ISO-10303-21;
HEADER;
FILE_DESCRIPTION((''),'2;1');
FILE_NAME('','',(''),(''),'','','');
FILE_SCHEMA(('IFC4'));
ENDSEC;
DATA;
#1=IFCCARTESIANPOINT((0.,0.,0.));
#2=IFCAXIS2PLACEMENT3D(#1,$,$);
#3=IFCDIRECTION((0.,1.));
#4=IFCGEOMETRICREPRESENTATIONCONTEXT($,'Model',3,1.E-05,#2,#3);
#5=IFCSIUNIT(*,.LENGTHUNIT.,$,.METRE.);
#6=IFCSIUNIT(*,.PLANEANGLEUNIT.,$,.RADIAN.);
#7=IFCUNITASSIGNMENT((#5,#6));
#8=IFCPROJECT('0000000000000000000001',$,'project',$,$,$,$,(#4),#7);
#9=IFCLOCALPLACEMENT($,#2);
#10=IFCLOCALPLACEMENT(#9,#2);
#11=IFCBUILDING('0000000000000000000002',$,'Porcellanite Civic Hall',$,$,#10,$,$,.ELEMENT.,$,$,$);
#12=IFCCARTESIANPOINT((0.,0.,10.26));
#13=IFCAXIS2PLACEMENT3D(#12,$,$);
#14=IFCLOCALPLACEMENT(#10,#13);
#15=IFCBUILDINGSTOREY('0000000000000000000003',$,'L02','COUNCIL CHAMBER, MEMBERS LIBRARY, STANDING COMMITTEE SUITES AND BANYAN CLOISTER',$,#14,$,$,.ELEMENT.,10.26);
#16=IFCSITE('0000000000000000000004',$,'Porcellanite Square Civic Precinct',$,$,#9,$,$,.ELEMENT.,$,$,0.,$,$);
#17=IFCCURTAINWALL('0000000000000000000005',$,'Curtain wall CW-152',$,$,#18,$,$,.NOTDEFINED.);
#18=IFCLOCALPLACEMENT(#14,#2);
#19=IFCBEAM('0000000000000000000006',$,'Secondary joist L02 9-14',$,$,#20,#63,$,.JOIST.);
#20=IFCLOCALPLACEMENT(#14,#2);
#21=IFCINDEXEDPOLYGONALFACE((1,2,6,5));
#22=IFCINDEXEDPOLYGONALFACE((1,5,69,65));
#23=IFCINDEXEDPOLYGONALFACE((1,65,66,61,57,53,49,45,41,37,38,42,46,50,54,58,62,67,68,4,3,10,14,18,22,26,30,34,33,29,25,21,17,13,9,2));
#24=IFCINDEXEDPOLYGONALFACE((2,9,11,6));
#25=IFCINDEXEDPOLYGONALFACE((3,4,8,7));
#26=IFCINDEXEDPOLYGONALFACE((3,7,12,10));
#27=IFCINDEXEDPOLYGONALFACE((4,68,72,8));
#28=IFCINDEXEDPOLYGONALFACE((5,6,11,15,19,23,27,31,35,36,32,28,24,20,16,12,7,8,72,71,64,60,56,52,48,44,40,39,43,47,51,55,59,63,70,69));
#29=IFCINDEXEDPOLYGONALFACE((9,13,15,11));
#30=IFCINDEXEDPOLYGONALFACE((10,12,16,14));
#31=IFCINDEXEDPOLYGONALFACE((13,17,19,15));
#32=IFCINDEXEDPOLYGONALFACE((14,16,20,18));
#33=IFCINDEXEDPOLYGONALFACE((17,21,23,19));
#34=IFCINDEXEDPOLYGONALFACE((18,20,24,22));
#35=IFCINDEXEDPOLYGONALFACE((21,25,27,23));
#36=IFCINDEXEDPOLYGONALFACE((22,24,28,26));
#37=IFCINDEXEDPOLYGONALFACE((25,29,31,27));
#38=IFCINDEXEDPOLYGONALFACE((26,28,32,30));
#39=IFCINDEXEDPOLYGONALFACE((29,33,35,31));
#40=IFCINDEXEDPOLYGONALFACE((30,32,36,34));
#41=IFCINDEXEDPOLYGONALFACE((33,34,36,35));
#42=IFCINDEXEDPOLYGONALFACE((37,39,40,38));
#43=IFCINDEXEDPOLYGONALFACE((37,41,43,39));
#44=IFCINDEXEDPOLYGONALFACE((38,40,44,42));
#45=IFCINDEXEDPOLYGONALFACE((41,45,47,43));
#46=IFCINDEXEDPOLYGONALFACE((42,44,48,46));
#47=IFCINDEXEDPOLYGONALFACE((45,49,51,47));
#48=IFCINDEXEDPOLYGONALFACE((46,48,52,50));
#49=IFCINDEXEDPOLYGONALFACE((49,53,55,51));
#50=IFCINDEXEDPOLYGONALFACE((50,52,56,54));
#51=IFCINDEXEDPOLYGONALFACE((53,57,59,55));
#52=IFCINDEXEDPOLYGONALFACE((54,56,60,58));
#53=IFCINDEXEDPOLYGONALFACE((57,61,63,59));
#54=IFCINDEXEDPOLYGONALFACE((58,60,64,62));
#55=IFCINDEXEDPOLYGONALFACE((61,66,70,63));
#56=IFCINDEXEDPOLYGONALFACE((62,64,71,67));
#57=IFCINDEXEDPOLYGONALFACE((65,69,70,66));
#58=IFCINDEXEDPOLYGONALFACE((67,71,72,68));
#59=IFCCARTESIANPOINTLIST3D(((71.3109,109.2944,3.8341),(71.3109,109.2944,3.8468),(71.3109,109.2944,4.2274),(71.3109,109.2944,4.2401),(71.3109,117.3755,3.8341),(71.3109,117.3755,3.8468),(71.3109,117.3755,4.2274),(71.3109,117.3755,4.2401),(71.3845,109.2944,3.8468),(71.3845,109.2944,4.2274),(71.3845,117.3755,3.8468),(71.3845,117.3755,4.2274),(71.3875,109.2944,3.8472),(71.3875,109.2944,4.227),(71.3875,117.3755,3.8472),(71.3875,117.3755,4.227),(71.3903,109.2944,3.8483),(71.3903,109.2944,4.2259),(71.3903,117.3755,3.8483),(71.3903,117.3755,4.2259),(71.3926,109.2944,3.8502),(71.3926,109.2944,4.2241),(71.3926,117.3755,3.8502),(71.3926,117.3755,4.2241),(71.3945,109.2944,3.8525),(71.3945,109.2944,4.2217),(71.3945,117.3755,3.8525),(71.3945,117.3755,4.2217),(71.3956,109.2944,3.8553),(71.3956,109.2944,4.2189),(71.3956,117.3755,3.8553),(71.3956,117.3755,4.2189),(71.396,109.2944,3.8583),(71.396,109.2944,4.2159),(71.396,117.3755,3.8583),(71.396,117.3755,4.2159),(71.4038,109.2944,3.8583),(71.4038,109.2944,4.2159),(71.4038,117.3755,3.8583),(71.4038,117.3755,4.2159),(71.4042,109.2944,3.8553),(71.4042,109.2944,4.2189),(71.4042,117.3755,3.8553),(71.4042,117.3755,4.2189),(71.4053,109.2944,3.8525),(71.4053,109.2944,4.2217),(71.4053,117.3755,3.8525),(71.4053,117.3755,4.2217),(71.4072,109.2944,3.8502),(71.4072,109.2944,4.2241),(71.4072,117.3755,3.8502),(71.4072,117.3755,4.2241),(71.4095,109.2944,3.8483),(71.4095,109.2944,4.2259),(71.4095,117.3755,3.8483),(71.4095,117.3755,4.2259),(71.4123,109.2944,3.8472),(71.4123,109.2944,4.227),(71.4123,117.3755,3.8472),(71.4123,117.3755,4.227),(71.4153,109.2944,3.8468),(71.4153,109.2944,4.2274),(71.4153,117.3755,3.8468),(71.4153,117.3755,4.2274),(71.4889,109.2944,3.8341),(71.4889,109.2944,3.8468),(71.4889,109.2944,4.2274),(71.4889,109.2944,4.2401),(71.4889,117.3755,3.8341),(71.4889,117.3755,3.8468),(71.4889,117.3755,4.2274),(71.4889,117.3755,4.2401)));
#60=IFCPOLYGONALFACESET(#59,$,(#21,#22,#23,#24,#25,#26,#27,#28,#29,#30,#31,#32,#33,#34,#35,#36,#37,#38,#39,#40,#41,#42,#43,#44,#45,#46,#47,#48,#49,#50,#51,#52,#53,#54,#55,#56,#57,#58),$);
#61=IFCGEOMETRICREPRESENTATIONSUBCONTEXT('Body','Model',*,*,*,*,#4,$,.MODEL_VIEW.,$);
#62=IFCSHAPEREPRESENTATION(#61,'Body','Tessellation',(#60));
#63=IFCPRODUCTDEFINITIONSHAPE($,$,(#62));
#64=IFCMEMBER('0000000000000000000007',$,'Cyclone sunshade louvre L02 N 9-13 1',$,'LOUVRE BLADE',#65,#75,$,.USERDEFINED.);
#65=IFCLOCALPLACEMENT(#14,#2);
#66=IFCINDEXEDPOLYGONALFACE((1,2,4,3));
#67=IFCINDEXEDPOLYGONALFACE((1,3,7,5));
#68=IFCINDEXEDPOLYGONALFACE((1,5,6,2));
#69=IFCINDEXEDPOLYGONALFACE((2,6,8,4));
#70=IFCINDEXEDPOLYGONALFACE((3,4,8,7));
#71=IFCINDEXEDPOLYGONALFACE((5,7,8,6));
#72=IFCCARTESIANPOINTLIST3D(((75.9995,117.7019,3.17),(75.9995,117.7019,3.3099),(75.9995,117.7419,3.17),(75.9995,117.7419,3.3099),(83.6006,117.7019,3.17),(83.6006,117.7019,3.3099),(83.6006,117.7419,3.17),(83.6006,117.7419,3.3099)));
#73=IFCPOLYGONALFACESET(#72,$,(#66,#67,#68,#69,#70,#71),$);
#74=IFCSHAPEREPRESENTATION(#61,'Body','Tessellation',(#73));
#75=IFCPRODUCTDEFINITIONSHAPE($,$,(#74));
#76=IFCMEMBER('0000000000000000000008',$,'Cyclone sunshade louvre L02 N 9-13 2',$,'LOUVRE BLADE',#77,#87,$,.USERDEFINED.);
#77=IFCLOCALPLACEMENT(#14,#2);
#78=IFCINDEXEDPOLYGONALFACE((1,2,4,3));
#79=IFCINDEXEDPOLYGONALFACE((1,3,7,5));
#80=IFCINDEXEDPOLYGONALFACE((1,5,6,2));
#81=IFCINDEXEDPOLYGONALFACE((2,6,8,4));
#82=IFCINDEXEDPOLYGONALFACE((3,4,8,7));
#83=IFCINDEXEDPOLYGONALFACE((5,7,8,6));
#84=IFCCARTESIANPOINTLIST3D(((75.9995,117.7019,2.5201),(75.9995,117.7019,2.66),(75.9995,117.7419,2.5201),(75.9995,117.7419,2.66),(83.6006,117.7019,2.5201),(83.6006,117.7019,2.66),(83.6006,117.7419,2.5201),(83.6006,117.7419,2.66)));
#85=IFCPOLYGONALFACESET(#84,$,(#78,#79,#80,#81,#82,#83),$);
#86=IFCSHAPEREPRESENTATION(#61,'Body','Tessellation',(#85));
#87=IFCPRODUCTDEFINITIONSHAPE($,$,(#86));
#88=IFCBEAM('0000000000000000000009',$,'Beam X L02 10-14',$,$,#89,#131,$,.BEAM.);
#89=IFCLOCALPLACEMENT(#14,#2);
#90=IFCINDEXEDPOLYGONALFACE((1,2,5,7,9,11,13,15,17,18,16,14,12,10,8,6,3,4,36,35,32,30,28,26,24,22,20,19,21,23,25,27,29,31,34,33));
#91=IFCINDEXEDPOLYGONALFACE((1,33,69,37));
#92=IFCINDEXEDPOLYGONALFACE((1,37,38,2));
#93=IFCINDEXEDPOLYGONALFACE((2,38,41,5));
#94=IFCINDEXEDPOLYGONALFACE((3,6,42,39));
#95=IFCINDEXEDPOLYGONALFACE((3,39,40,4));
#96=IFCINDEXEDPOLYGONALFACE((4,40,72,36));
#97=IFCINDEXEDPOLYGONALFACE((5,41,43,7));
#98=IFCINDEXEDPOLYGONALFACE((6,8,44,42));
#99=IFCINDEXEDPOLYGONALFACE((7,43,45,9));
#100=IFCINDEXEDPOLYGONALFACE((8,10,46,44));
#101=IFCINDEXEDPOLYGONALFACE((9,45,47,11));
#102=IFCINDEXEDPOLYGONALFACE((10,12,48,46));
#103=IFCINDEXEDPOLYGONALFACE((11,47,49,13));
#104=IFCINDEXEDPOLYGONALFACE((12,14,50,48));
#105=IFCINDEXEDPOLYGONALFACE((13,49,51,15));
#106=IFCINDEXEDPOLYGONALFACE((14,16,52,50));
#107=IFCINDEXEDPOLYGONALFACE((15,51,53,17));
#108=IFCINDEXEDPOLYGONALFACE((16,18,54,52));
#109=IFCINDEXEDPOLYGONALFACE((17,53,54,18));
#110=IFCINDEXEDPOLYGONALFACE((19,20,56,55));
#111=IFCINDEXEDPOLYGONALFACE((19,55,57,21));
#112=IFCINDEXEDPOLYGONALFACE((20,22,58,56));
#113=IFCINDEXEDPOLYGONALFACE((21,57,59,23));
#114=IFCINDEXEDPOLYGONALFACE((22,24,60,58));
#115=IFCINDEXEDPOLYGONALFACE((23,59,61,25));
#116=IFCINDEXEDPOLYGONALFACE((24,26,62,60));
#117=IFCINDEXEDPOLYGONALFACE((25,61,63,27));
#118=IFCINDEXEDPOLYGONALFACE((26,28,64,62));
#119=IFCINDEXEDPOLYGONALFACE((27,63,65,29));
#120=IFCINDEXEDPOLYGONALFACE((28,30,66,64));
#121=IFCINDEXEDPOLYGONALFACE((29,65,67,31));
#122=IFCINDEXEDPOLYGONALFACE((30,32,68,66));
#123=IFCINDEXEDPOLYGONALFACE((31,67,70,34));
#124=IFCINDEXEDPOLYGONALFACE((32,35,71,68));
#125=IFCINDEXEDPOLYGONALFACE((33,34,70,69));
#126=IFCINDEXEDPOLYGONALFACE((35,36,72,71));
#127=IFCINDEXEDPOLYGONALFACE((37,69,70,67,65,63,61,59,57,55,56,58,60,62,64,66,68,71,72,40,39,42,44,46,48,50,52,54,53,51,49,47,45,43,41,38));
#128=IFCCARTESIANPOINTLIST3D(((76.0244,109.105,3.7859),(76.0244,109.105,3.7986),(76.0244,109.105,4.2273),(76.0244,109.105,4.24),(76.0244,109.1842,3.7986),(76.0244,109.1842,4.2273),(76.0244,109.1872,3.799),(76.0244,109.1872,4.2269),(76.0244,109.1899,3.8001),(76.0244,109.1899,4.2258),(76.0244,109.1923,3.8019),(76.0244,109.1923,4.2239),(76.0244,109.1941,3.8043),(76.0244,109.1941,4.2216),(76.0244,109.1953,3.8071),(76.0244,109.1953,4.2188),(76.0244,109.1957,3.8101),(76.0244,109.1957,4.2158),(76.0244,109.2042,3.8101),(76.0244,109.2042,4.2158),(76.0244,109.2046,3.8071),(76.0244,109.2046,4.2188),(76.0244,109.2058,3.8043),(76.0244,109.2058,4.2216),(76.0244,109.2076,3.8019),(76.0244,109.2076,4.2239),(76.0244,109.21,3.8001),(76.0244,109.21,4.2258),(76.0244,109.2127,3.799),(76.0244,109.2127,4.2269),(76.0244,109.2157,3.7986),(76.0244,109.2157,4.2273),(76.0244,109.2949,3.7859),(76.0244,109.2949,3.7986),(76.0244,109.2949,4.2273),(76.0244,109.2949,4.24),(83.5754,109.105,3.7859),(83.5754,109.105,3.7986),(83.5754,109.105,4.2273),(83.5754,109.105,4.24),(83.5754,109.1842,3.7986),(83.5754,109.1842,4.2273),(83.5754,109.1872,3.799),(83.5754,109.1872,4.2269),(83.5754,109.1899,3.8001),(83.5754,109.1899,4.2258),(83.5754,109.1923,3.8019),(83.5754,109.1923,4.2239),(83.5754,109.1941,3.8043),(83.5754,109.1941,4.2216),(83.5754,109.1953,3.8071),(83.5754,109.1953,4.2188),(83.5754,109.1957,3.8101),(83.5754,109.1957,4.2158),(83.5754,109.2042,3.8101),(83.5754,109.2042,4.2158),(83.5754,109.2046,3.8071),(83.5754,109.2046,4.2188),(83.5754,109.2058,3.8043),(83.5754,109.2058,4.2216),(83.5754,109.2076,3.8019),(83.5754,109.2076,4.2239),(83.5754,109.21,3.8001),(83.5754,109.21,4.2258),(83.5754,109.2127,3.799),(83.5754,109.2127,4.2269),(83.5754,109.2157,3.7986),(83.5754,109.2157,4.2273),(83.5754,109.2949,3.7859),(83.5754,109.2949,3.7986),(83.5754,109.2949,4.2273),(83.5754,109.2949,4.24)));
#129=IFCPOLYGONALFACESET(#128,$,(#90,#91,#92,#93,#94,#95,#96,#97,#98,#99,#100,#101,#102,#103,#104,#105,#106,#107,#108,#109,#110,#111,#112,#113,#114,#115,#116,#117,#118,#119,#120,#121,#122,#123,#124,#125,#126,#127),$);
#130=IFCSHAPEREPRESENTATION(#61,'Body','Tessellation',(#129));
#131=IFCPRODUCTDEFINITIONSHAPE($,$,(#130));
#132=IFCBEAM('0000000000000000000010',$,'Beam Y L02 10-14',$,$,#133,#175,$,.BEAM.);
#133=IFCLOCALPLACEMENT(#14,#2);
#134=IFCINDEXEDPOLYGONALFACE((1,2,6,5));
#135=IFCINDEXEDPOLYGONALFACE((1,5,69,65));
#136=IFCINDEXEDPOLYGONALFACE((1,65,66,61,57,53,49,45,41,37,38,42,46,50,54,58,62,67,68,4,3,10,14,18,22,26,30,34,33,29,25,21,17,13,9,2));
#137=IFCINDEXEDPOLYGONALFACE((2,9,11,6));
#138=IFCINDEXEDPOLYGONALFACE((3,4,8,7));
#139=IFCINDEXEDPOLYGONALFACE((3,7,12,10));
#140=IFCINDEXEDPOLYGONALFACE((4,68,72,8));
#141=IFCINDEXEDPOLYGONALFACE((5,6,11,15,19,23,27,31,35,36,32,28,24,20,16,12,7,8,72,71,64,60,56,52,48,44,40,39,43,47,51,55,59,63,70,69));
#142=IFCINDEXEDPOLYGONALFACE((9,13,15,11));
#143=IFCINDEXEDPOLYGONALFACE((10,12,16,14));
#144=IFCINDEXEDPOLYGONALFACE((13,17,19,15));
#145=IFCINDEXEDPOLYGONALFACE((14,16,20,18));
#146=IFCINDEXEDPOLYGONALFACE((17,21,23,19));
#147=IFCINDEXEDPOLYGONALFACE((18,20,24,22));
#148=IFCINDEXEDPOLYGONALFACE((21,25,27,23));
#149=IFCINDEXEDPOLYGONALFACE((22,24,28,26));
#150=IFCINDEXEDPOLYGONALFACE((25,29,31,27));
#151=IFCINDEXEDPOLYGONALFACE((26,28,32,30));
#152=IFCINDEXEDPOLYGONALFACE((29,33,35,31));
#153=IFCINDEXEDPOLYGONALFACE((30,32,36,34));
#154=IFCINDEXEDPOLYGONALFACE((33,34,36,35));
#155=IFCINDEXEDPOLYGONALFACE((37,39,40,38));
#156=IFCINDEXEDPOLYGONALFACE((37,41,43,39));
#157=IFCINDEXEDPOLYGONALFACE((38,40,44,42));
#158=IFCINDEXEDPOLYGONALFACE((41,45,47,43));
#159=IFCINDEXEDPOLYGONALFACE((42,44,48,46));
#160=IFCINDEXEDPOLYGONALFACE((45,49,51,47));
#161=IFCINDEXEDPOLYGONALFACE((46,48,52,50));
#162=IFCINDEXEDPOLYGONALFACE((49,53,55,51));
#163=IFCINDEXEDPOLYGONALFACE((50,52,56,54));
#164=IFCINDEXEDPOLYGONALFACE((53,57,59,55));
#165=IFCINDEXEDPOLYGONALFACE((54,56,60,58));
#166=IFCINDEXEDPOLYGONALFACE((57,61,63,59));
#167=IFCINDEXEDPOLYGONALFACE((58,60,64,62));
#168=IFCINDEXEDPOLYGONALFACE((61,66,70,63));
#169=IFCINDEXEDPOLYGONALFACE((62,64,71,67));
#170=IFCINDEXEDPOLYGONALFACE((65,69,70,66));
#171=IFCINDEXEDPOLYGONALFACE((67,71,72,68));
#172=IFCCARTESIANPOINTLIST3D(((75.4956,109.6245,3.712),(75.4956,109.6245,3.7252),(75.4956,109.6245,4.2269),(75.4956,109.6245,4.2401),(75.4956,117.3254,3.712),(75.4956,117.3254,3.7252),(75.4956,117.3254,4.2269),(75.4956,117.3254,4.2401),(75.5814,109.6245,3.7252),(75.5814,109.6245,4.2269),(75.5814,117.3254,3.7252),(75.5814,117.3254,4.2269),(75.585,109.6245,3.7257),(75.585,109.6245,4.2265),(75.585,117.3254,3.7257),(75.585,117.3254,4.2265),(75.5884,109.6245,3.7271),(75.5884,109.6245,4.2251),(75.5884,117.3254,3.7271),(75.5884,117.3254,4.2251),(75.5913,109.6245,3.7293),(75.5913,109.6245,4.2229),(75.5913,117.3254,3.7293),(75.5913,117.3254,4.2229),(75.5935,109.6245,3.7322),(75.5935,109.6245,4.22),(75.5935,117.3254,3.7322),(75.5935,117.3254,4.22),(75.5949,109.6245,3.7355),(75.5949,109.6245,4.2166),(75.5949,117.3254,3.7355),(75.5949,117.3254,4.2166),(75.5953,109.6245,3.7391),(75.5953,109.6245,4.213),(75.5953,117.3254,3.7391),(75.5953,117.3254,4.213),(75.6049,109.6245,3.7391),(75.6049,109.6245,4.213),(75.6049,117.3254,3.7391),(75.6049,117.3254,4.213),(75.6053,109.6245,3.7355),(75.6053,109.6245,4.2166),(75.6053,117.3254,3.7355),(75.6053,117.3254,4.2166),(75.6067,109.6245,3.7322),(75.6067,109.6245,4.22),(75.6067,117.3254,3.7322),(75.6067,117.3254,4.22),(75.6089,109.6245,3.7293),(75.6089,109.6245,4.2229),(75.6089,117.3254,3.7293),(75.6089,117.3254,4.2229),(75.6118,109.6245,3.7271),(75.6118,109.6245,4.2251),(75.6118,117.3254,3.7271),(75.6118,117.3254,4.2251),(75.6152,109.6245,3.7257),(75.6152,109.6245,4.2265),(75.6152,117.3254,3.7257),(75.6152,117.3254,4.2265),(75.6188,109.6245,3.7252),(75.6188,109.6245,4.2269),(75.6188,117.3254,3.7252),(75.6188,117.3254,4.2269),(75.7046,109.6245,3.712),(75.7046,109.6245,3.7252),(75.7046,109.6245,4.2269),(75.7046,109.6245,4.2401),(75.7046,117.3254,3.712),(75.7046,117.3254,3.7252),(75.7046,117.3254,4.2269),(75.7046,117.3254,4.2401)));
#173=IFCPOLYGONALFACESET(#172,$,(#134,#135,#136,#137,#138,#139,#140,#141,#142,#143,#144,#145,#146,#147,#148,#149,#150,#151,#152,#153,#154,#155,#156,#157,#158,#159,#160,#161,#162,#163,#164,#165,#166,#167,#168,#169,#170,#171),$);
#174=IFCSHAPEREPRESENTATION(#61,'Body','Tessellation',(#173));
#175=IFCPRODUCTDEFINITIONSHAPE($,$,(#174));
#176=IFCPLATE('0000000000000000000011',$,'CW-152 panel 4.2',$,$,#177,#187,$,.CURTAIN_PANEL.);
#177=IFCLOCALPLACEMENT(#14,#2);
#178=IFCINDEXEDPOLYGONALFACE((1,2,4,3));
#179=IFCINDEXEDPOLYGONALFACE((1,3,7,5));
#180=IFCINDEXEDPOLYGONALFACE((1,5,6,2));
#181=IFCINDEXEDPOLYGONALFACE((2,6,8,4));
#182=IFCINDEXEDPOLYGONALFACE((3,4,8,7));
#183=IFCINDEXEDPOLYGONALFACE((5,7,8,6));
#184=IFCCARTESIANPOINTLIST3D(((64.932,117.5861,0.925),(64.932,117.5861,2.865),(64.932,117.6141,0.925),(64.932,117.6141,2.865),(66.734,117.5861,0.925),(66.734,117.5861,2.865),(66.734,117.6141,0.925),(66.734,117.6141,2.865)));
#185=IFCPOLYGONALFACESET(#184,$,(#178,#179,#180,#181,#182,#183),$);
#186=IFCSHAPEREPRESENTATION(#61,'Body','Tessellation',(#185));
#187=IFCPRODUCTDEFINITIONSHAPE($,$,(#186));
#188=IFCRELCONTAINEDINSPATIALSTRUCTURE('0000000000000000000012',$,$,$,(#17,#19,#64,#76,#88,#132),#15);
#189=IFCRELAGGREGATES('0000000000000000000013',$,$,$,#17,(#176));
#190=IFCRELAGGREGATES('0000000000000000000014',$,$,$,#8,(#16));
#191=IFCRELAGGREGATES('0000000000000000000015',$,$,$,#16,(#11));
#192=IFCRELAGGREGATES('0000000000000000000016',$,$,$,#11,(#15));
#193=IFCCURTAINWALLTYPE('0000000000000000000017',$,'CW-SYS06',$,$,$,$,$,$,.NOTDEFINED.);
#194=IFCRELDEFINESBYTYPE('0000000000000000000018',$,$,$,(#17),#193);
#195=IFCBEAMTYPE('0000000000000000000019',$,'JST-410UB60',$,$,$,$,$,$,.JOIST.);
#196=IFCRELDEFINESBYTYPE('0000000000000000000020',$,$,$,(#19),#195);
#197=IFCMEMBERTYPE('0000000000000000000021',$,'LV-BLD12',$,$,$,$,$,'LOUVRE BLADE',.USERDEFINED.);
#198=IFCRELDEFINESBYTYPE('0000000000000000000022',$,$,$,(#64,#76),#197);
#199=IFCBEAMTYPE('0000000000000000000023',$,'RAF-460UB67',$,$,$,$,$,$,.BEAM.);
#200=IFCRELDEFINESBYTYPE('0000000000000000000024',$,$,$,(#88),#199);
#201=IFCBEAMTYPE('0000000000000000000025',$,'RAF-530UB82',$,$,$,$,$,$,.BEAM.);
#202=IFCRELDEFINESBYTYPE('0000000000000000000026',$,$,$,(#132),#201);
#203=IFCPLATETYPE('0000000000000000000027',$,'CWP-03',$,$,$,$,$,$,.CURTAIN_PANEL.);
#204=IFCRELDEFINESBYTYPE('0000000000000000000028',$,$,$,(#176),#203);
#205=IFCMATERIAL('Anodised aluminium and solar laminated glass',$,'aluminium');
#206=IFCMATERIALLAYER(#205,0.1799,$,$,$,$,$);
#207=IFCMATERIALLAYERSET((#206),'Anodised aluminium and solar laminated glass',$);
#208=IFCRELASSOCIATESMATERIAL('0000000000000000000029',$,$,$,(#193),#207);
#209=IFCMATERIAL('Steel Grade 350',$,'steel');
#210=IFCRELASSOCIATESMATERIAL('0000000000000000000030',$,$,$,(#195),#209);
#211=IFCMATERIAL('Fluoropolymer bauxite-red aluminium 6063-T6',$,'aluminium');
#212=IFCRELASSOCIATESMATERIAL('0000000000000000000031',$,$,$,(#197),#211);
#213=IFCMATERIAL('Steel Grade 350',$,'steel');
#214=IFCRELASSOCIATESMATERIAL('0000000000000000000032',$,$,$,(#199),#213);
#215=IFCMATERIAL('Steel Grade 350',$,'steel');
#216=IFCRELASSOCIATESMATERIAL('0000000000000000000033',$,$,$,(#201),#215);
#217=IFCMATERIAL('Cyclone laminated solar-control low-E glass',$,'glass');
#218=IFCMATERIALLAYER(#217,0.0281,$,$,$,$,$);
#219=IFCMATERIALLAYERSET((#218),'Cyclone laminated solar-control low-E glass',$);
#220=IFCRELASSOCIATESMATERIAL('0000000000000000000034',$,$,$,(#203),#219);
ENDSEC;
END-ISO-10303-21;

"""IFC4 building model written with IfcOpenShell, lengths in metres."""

from ifc_helpers import new_model, si_unit, direction, frame, origin, origin_2d, place, context, subcontext, project, spatial, rectangle, i_section, extrude, material, layer, layer_set, material_profile, profile_set, type_object, element, aggregate, save


model = new_model("IFC4")

# Units and contexts
model_context = context("Model", 3, precision=1e-05, world=origin(), true_north=direction((0.0, 1.0)))
body_context = subcontext(model_context, "Body", "Model", "MODEL_VIEW")
ifc_project = project(units=[si_unit("LENGTHUNIT", "METRE"), si_unit("PLANEANGLEUNIT", "RADIAN")], contexts=[model_context])

# Site, building, storey
site_placement = place(None, origin())
site = spatial("IfcSite", under=ifc_project, at=site_placement, Name="Porcellanite Square Civic Precinct", CompositionType="ELEMENT", RefElevation=0.0)
building_placement = place(site_placement, origin())
building = spatial("IfcBuilding", under=site, at=building_placement, Name="Porcellanite Civic Hall", CompositionType="ELEMENT")
storey_placement = place(building_placement, frame((0.0, 0.0, 10.26)))
storey = spatial("IfcBuildingStorey", under=building, at=storey_placement, Name="L02", Description="COUNCIL CHAMBER, MEMBERS LIBRARY, STANDING COMMITTEE SUITES AND BANYAN CLOISTER", CompositionType="ELEMENT", Elevation=10.26)

# Curtain wall
ifc_material_1 = material(Name="Anodised aluminium and solar laminated glass", Category="aluminium")
ifc_layer_1 = layer(ifc_material_1, 0.1799)
ifc_layer_set_1 = layer_set([ifc_layer_1], Name="Anodised aluminium and solar laminated glass")
curtain_wall_type_1 = type_object("IfcCurtainWallType", Name="CW-SYS06", PredefinedType="NOTDEFINED", material=ifc_layer_set_1)
curtain_wall_1_placement = place(storey_placement, origin())
curtain_wall_1 = element("IfcCurtainWall", 1, at=curtain_wall_1_placement, inside=storey, type_object=curtain_wall_type_1, Name="Curtain wall CW-152", PredefinedType="NOTDEFINED")

# Beam
ifc_material_2 = material(Name="Steel Grade 350", Category="steel")
ifc_material_profile_1 = material_profile(ifc_material_2, i_section(OverallWidth=0.178, OverallDepth=0.406, WebThickness=0.0078, FlangeThickness=0.0127, FilletRadius=0.0115, at=origin_2d()), Name="410UB59.7")
ifc_profile_set_1 = profile_set([ifc_material_profile_1], Name="Steel Grade 350")
beam_type_1 = type_object("IfcBeamType", Name="JST-410UB60", PredefinedType="JOIST", material=ifc_profile_set_1)
beam_1_placement = place(storey_placement, frame((71.3999, 109.2944, 4.0371), z_axis=(0.0, 1.0, 0.0), x_axis=(-1.0, 0.0, 0.0)))
element("IfcBeam", 2, at=beam_1_placement, inside=storey, type_object=beam_type_1, Name="Secondary joist L02 9-14", PredefinedType="JOIST", context=body_context, shape_type="SweptSolid", body=[
    extrude(i_section(OverallWidth=0.178, OverallDepth=0.406, WebThickness=0.0078, FlangeThickness=0.0127, FilletRadius=0.0115, at=origin_2d()), origin(), (0.0, 0.0, 1.0), 8.0811),
])

# Members
ifc_material_3 = material(Name="Fluoropolymer bauxite-red aluminium 6063-T6", Category="aluminium")
ifc_material_profile_2 = material_profile(ifc_material_3, rectangle(XDim=0.04, YDim=0.1399, at=origin_2d()), Name="AL-40x140")
ifc_profile_set_2 = profile_set([ifc_material_profile_2], Name="Fluoropolymer bauxite-red aluminium 6063-T6")
member_type_1 = type_object("IfcMemberType", Name="LV-BLD12", ElementType="LOUVRE BLADE", PredefinedType="USERDEFINED", material=ifc_profile_set_2)
for number, where, z_axis, x_axis, name in (
    (3, (75.9995, 117.7219, 3.24), (1.0, 0.0, 0.0), (0.0, 1.0, 0.0), "Cyclone sunshade louvre L02 N 9-13 1"),
    (4, (75.9995, 117.7219, 2.5901), (1.0, 0.0, 0.0), (0.0, 1.0, 0.0), "Cyclone sunshade louvre L02 N 9-13 2"),
):
    element("IfcMember", number, at=place(storey_placement, frame(where, z_axis=z_axis, x_axis=x_axis)), inside=storey, type_object=member_type_1, Name=name, ObjectType="LOUVRE BLADE", PredefinedType="USERDEFINED", context=body_context, shape_type="SweptSolid", body=[
        extrude(rectangle(XDim=0.04, YDim=0.1399, at=origin_2d()), origin(), (0.0, 0.0, 1.0), 7.6011),
    ])

# Beams
ifc_material_4 = material(Name="Steel Grade 350", Category="steel")
ifc_material_profile_3 = material_profile(ifc_material_4, i_section(OverallWidth=0.1899, OverallDepth=0.4541, WebThickness=0.0085, FlangeThickness=0.0127, FilletRadius=0.0115, at=origin_2d()), Name="460UB67.1")
ifc_profile_set_3 = profile_set([ifc_material_profile_3], Name="Steel Grade 350")
beam_type_2 = type_object("IfcBeamType", Name="RAF-460UB67", PredefinedType="BEAM", material=ifc_profile_set_3)
beam_2_placement = place(storey_placement, frame((76.0244, 109.2, 4.0129), z_axis=(1.0, 0.0, 0.0), x_axis=(0.0, 1.0, 0.0)))
element("IfcBeam", 5, at=beam_2_placement, inside=storey, type_object=beam_type_2, Name="Beam X L02 10-14", PredefinedType="BEAM", context=body_context, shape_type="SweptSolid", body=[
    extrude(i_section(OverallWidth=0.1899, OverallDepth=0.4541, WebThickness=0.0085, FlangeThickness=0.0127, FilletRadius=0.0115, at=origin_2d()), origin(), (0.0, 0.0, 1.0), 7.551),
])
ifc_material_5 = material(Name="Steel Grade 350", Category="steel")
ifc_material_profile_4 = material_profile(ifc_material_5, i_section(OverallWidth=0.209, OverallDepth=0.5281, WebThickness=0.0095, FlangeThickness=0.0132, FilletRadius=0.0139, at=origin_2d()), Name="530UB82.0")
ifc_profile_set_4 = profile_set([ifc_material_profile_4], Name="Steel Grade 350")
beam_type_3 = type_object("IfcBeamType", Name="RAF-530UB82", PredefinedType="BEAM", material=ifc_profile_set_4)
beam_3_placement = place(storey_placement, frame((75.6001, 109.6245, 3.9761), z_axis=(0.0, 1.0, 0.0), x_axis=(-1.0, 0.0, 0.0)))
element("IfcBeam", 6, at=beam_3_placement, inside=storey, type_object=beam_type_3, Name="Beam Y L02 10-14", PredefinedType="BEAM", context=body_context, shape_type="SweptSolid", body=[
    extrude(i_section(OverallWidth=0.209, OverallDepth=0.5281, WebThickness=0.0095, FlangeThickness=0.0132, FilletRadius=0.0139, at=origin_2d()), origin(), (0.0, 0.0, 1.0), 7.7009),
])

# Plate
ifc_material_6 = material(Name="Cyclone laminated solar-control low-E glass", Category="glass")
ifc_layer_2 = layer(ifc_material_6, 0.0281)
ifc_layer_set_2 = layer_set([ifc_layer_2], Name="Cyclone laminated solar-control low-E glass")
plate_type_1 = type_object("IfcPlateType", Name="CWP-03", PredefinedType="CURTAIN_PANEL", material=ifc_layer_set_2)
plate_1_placement = place(storey_placement, frame((65.833, 117.6001, 0.925), z_axis=(0.0, 0.0, 1.0), x_axis=(1.0, 0.0, 0.0)))
plate_1 = element("IfcPlate", 7, at=plate_1_placement, type_object=plate_type_1, Name="CW-152 panel 4.2", PredefinedType="CURTAIN_PANEL", context=body_context, shape_type="SweptSolid", body=[
    extrude(rectangle(XDim=1.802, YDim=0.0281, at=origin_2d()), origin(), (0.0, 0.0, 1.0), 1.9399),
])
aggregate(curtain_wall_1, [plate_1])

save(model, "model.ifc")
